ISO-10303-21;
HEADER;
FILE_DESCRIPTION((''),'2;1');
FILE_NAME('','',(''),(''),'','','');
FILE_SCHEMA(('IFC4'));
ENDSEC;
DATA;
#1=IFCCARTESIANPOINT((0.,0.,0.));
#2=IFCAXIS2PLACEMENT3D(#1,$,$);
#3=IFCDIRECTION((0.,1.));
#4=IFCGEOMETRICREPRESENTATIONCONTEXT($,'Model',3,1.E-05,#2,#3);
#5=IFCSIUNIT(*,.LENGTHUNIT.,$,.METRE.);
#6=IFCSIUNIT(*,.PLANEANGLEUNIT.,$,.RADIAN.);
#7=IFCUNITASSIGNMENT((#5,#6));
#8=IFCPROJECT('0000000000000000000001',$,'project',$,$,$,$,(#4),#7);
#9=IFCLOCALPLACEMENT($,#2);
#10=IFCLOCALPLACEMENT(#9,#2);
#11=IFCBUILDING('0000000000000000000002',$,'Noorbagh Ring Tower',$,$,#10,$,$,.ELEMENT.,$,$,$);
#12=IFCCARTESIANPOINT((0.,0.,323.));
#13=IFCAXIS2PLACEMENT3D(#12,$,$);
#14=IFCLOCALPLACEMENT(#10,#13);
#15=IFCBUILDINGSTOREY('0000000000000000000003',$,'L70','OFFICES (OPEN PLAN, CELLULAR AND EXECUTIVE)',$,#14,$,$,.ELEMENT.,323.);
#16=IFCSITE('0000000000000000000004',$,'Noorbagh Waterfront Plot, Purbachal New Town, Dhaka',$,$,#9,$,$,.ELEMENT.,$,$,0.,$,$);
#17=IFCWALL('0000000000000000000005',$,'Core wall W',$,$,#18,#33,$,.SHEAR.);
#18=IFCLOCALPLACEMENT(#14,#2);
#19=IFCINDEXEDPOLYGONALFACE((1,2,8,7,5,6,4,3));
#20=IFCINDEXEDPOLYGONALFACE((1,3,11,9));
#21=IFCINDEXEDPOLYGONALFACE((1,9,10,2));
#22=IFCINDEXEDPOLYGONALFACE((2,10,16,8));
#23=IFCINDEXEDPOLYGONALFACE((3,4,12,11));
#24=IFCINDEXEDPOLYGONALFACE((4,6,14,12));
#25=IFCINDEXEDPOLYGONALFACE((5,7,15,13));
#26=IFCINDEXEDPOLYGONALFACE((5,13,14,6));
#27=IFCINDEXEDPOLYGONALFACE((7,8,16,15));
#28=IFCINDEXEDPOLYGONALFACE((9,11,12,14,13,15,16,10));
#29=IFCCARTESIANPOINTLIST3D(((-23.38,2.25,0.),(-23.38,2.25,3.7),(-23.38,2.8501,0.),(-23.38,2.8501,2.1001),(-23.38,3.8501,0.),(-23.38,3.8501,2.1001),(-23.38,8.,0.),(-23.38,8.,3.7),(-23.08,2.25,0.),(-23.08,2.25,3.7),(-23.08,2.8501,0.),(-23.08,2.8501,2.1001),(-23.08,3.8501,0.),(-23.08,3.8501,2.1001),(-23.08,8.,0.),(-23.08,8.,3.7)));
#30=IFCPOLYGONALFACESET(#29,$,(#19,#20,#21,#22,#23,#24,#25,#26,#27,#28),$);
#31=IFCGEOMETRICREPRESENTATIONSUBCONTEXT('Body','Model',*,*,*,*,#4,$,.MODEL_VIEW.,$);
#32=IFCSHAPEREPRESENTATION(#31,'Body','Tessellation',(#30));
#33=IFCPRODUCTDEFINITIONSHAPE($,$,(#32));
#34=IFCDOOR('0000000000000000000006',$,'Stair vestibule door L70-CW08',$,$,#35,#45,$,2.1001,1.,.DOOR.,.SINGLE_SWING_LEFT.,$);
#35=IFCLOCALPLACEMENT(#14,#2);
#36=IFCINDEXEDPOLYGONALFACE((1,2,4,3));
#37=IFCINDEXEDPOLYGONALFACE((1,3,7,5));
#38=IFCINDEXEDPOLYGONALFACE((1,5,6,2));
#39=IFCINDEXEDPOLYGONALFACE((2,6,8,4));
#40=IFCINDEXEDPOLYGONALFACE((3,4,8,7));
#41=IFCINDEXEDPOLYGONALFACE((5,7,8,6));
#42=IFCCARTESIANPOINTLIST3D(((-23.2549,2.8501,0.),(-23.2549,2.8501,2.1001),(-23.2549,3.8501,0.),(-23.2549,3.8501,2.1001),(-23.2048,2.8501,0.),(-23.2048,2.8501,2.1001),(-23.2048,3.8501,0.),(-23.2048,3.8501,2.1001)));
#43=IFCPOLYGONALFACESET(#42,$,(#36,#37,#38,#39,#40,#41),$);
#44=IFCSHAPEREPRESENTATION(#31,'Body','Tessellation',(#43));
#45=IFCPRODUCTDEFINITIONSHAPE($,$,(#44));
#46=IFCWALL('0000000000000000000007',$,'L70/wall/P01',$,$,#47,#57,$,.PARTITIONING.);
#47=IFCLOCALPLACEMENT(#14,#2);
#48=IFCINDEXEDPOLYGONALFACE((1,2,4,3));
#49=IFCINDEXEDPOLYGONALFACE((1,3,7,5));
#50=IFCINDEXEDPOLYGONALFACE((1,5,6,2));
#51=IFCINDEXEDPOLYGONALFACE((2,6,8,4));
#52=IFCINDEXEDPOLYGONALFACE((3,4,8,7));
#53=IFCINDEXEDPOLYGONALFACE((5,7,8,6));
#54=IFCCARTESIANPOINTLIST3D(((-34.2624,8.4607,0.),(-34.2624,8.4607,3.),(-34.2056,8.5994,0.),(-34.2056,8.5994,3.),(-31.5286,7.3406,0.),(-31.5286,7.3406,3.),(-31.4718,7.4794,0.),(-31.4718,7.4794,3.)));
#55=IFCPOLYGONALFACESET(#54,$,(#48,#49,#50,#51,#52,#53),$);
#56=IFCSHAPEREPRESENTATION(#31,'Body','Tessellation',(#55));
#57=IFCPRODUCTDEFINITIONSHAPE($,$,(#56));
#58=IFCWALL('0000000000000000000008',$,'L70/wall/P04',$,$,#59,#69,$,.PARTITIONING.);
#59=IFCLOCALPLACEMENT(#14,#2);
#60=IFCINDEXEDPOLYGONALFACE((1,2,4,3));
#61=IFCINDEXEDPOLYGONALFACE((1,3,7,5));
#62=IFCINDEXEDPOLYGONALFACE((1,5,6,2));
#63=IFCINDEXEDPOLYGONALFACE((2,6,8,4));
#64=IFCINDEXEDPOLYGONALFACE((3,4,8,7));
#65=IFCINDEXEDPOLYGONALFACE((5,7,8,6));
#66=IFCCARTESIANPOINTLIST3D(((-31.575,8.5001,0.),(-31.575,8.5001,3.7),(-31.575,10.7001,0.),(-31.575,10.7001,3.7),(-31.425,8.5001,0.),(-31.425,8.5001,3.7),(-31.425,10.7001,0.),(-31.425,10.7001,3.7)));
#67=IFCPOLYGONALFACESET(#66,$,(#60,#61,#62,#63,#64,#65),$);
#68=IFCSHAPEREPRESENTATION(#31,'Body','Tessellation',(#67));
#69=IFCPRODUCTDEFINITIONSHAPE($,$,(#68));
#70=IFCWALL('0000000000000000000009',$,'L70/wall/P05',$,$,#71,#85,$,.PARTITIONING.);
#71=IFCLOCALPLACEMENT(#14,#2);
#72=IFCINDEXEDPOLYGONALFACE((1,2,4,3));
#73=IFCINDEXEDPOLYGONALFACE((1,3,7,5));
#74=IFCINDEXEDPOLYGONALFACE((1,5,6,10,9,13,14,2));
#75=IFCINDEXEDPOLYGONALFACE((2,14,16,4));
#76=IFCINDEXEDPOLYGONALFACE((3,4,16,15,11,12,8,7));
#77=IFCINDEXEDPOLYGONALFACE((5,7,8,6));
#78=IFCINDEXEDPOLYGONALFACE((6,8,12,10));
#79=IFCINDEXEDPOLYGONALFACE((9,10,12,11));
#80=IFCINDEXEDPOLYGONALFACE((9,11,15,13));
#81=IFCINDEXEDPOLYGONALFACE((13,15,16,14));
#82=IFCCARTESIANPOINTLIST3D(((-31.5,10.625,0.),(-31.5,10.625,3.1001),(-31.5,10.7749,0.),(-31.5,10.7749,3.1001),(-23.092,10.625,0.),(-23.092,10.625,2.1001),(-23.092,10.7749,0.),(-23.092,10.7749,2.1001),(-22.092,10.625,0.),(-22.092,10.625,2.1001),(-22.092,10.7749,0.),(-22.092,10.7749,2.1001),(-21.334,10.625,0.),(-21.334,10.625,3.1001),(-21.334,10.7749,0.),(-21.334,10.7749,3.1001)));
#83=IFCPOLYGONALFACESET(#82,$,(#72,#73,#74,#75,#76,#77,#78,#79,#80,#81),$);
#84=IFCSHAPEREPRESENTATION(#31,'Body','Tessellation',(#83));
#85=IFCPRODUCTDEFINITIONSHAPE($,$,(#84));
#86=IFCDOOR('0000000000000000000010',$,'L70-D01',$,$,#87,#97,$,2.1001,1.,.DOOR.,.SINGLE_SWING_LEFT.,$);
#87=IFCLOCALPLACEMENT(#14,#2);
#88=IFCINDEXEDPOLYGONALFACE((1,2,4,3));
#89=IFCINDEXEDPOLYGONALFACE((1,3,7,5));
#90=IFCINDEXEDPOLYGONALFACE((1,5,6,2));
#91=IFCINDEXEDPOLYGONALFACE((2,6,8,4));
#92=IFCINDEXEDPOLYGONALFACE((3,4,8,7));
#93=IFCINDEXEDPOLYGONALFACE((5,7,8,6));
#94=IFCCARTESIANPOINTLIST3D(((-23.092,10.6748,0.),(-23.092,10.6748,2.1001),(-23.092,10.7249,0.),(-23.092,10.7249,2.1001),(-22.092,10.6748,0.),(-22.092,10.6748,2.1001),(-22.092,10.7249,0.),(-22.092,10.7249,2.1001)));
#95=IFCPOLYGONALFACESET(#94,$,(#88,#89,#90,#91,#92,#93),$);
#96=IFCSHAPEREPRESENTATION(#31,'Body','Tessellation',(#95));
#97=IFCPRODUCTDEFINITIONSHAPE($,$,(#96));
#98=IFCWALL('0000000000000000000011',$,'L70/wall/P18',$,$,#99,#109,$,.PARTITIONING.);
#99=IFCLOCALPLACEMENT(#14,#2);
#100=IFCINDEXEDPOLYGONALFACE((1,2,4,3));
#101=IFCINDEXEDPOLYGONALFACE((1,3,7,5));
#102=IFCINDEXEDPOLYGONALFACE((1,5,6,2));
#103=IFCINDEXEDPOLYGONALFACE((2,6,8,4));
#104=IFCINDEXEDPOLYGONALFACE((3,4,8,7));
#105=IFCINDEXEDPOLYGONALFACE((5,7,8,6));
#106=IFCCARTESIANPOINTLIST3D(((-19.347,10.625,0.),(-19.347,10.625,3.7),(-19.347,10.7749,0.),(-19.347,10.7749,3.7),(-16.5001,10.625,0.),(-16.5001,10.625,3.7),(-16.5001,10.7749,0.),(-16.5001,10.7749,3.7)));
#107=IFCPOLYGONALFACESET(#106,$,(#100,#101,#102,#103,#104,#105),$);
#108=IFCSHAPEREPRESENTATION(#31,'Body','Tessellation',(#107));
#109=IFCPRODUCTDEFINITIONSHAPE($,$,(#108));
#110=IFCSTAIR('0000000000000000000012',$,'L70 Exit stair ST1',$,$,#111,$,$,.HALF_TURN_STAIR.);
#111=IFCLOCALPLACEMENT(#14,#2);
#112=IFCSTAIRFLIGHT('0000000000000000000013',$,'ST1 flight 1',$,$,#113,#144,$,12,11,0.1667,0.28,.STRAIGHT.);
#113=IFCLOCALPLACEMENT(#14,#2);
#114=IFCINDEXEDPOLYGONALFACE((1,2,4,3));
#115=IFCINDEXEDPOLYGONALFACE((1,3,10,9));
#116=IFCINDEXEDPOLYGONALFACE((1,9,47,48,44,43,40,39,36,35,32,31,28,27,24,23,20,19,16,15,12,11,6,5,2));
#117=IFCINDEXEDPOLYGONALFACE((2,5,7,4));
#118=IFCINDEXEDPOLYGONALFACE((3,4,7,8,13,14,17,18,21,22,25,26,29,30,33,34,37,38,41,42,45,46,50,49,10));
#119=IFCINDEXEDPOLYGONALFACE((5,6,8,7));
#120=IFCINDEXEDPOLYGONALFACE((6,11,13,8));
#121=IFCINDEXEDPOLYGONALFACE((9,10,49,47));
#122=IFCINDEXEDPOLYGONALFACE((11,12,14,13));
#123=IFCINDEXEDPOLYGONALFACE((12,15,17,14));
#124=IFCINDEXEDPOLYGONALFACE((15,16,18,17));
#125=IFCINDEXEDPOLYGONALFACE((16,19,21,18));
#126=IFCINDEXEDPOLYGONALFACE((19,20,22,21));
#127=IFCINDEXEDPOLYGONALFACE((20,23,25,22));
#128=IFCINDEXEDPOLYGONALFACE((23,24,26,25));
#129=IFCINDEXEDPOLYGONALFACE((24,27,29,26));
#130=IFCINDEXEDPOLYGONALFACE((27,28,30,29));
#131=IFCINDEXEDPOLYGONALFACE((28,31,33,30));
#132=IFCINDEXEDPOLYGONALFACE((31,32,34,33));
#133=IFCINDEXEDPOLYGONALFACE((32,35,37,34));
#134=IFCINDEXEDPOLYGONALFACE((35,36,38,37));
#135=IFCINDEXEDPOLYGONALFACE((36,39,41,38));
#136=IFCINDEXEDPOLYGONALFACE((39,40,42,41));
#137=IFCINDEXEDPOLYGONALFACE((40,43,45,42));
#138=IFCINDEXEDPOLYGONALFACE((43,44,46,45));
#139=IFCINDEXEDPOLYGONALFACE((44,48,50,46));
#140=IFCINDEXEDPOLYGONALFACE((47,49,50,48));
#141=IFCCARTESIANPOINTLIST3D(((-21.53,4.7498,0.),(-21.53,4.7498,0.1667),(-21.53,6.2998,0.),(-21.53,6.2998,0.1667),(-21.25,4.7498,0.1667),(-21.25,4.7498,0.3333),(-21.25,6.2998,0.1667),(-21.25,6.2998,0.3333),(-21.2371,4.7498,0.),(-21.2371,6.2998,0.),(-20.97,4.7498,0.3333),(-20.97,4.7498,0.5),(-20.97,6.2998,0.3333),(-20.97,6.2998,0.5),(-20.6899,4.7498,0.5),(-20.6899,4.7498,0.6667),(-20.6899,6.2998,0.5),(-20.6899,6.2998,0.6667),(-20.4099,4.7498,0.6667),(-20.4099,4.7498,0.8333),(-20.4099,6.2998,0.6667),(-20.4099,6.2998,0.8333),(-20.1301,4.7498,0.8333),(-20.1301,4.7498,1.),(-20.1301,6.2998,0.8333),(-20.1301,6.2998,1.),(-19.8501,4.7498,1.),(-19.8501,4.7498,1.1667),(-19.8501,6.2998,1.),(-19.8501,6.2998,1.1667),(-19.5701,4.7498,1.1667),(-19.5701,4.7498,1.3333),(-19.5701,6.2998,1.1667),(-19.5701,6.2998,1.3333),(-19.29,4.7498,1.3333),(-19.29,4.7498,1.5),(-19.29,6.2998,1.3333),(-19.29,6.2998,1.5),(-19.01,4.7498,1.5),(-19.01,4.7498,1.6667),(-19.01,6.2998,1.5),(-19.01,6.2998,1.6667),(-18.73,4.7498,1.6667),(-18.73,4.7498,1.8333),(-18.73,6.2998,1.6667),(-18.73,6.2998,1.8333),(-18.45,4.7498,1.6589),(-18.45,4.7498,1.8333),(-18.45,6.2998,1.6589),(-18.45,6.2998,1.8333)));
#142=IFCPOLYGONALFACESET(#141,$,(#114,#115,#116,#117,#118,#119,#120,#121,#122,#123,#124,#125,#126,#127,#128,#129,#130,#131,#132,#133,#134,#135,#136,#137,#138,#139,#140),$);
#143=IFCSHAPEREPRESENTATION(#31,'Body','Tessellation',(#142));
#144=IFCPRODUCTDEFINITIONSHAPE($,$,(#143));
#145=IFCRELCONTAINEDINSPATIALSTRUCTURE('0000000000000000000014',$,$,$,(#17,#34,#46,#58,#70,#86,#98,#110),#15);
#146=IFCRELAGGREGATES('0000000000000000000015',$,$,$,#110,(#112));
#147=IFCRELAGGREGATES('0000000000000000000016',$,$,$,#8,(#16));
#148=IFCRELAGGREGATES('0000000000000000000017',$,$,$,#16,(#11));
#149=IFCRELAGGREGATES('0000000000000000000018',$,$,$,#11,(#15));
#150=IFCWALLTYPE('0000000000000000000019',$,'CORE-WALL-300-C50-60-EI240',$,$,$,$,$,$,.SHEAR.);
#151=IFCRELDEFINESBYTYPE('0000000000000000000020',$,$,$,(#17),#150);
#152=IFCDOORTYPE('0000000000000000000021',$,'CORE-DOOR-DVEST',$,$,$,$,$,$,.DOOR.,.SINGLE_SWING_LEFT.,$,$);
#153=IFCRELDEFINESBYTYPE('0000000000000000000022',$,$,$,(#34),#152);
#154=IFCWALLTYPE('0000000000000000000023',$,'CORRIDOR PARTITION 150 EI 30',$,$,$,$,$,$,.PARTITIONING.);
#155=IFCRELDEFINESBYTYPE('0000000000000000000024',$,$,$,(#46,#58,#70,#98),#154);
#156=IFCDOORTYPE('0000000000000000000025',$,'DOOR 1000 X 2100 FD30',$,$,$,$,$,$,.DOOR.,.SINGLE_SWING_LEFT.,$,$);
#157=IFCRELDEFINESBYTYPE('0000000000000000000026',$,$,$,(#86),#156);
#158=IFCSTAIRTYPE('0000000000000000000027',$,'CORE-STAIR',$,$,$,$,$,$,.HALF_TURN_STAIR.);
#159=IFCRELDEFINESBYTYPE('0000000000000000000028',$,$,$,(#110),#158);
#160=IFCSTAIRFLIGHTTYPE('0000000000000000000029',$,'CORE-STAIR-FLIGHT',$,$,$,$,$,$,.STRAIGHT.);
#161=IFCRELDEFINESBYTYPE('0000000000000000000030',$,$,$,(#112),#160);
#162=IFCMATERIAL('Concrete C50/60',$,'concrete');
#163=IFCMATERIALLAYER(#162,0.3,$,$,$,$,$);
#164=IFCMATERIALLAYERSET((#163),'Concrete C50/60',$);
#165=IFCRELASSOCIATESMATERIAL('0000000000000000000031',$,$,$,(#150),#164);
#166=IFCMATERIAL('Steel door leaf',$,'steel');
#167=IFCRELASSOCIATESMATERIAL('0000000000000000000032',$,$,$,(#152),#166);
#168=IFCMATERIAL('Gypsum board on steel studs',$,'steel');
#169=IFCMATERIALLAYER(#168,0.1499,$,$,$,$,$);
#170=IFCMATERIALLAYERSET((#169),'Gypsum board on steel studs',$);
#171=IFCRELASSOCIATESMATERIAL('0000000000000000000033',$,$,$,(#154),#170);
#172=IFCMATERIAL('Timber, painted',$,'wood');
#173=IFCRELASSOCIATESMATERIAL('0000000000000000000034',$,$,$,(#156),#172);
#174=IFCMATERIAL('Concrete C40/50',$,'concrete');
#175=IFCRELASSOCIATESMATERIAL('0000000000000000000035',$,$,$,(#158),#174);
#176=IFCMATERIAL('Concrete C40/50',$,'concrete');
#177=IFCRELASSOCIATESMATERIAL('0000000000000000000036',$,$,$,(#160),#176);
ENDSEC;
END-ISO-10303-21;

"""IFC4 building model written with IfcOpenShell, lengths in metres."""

from ifc_helpers import new_model, si_unit, direction, frame, frame_2d, origin, place, context, subcontext, project, spatial, polyline, rectangle, outline, extrude, material, layer, layer_set, type_object, element, fill, aggregate, save


model = new_model("IFC4")

# Units and contexts
model_context = context("Model", 3, precision=1e-05, world=origin(), true_north=direction((0.0, 1.0)))
body_context = subcontext(model_context, "Body", "Model", "MODEL_VIEW")
ifc_project = project(units=[si_unit("LENGTHUNIT", "METRE"), si_unit("PLANEANGLEUNIT", "RADIAN")], contexts=[model_context])

# Site, building, storey
site_placement = place(None, origin())
site = spatial("IfcSite", under=ifc_project, at=site_placement, Name="Noorbagh Waterfront Plot, Purbachal New Town, Dhaka", CompositionType="ELEMENT", RefElevation=0.0)
building_placement = place(site_placement, origin())
building = spatial("IfcBuilding", under=site, at=building_placement, Name="Noorbagh Ring Tower", CompositionType="ELEMENT")
storey_placement = place(building_placement, frame((0.0, 0.0, 323.0)))
storey = spatial("IfcBuildingStorey", under=building, at=storey_placement, Name="L70", Description="OFFICES (OPEN PLAN, CELLULAR AND EXECUTIVE)", CompositionType="ELEMENT", Elevation=323.0)

# Shared definitions
ifc_material_1 = material(Name="Concrete C50/60", Category="concrete")
ifc_layer_1 = layer(ifc_material_1, 0.3)
ifc_layer_set_1 = layer_set([ifc_layer_1], Name="Concrete C50/60")
wall_type_1 = type_object("IfcWallType", Name="CORE-WALL-300-C50-60-EI240", PredefinedType="SHEAR", material=ifc_layer_set_1)

# Wall, opening, door
wall_1_placement = place(storey_placement, frame((-23.23, 2.25, 0.0), z_axis=(0.0, 0.0, 1.0), x_axis=(0.0, 1.0, 0.0)))
wall_1 = element("IfcWall", 1, at=wall_1_placement, inside=storey, type_object=wall_type_1, Name="Core wall W", PredefinedType="SHEAR", context=body_context, shape_type="SweptSolid", body=[
    extrude(rectangle(XDim=5.75, YDim=0.3, at=frame_2d((2.875, 0.0))), origin(), (0.0, 0.0, 1.0), 3.7),
])
opening_1_placement = place(wall_1_placement, frame((0.6001, 0.0, 0.0)))
opening_1 = element("IfcOpeningElement", 2, at=opening_1_placement, cuts=wall_1, PredefinedType="OPENING", context=body_context, shape_type="SweptSolid", body=[
    extrude(rectangle(XDim=1.0, YDim=2.1001, at=frame_2d((0.5, 1.05))), frame((0.0, 0.1602, 0.0), z_axis=(0.0, -1.0, 0.0), x_axis=(1.0, 0.0, 0.0)), (0.0, 0.0, 1.0), 0.3201),
])
ifc_material_2 = material(Name="Steel door leaf", Category="steel")
door_type_1 = type_object("IfcDoorType", Name="CORE-DOOR-DVEST", OperationType="SINGLE_SWING_LEFT", PredefinedType="DOOR", material=ifc_material_2)
door_1_placement = place(opening_1_placement, origin())
door_1 = element("IfcDoor", 3, at=door_1_placement, inside=storey, type_object=door_type_1, Name="Stair vestibule door L70-CW08", OperationType="SINGLE_SWING_LEFT", OverallHeight=2.1001, OverallWidth=1.0, PredefinedType="DOOR", context=body_context, shape_type="SweptSolid", body=[
    extrude(rectangle(XDim=1.0, YDim=2.1001, at=frame_2d((0.5, 1.05))), frame((0.0, 0.0249, 0.0), z_axis=(0.0, -1.0, 0.0), x_axis=(1.0, 0.0, 0.0)), (0.0, 0.0, 1.0), 0.05),
])
fill(opening_1, door_1)

# Walls
ifc_material_3 = material(Name="Gypsum board on steel studs", Category="steel")
ifc_layer_2 = layer(ifc_material_3, 0.1499)
ifc_layer_set_2 = layer_set([ifc_layer_2], Name="Gypsum board on steel studs")
wall_type_2 = type_object("IfcWallType", Name="CORRIDOR PARTITION 150 EI 30", PredefinedType="PARTITIONING", material=ifc_layer_set_2)
wall_2_placement = place(storey_placement, frame((-34.2339, 8.53, 0.0), z_axis=(0.0, 0.0, 1.0), x_axis=(0.925344, -0.379128, 0.0)))
element("IfcWall", 4, at=wall_2_placement, inside=storey, type_object=wall_type_2, Name="L70/wall/P01", PredefinedType="PARTITIONING", context=body_context, shape_type="SweptSolid", body=[
    extrude(rectangle(XDim=2.9543, YDim=0.1499, at=frame_2d((1.4771, 0.0))), origin(), (0.0, 0.0, 1.0), 3.0),
])
wall_3_placement = place(storey_placement, frame((-31.5, 8.5, 0.0), z_axis=(0.0, 0.0, 1.0), x_axis=(0.0, 1.0, 0.0)))
element("IfcWall", 5, at=wall_3_placement, inside=storey, type_object=wall_type_2, Name="L70/wall/P04", PredefinedType="PARTITIONING", context=body_context, shape_type="SweptSolid", body=[
    extrude(rectangle(XDim=2.2, YDim=0.1499, at=frame_2d((1.1001, 0.0))), origin(), (0.0, 0.0, 1.0), 3.7),
])

# Wall, opening, door
wall_4_placement = place(storey_placement, frame((-31.5, 10.7, 0.0), z_axis=(0.0, 0.0, 1.0), x_axis=(1.0, 0.0, 0.0)))
wall_4 = element("IfcWall", 6, at=wall_4_placement, inside=storey, type_object=wall_type_2, Name="L70/wall/P05", PredefinedType="PARTITIONING", context=body_context, shape_type="SweptSolid", body=[
    extrude(rectangle(XDim=10.166, YDim=0.1499, at=frame_2d((5.083, 0.0))), origin(), (0.0, 0.0, 1.0), 3.1001),
])
opening_2_placement = place(wall_4_placement, frame((8.408, 0.0, 0.0)))
opening_2 = element("IfcOpeningElement", 7, at=opening_2_placement, cuts=wall_4, PredefinedType="OPENING", context=body_context, shape_type="SweptSolid", body=[
    extrude(rectangle(XDim=1.0, YDim=2.1001, at=frame_2d((0.5, 1.05))), frame((0.0, 0.085, 0.0), z_axis=(0.0, -1.0, 0.0), x_axis=(1.0, 0.0, 0.0)), (0.0, 0.0, 1.0), 0.1699),
])
ifc_material_4 = material(Name="Timber, painted", Category="wood")
door_type_2 = type_object("IfcDoorType", Name="DOOR 1000 X 2100 FD30", OperationType="SINGLE_SWING_LEFT", PredefinedType="DOOR", material=ifc_material_4)
door_2_placement = place(opening_2_placement, origin())
door_2 = element("IfcDoor", 8, at=door_2_placement, inside=storey, type_object=door_type_2, Name="L70-D01", OperationType="SINGLE_SWING_LEFT", OverallHeight=2.1001, OverallWidth=1.0, PredefinedType="DOOR", context=body_context, shape_type="SweptSolid", body=[
    extrude(rectangle(XDim=1.0, YDim=2.1001, at=frame_2d((0.5, 1.05))), frame((0.0, 0.0249, 0.0), z_axis=(0.0, -1.0, 0.0), x_axis=(1.0, 0.0, 0.0)), (0.0, 0.0, 1.0), 0.05),
])
fill(opening_2, door_2)

# Wall
wall_5_placement = place(storey_placement, frame((-19.3469, 10.7, 0.0), z_axis=(0.0, 0.0, 1.0), x_axis=(1.0, 0.0, 0.0)))
element("IfcWall", 9, at=wall_5_placement, inside=storey, type_object=wall_type_2, Name="L70/wall/P18", PredefinedType="PARTITIONING", context=body_context, shape_type="SweptSolid", body=[
    extrude(rectangle(XDim=2.8469, YDim=0.1499, at=frame_2d((1.4233, 0.0))), origin(), (0.0, 0.0, 1.0), 3.7),
])

# Stair, stair flight
ifc_material_5 = material(Name="Concrete C40/50", Category="concrete")
stair_type = type_object("IfcStairType", Name="CORE-STAIR", PredefinedType="HALF_TURN_STAIR", material=ifc_material_5)
stair_placement = place(storey_placement, origin())
stair = element("IfcStair", 10, at=stair_placement, inside=storey, type_object=stair_type, Name="L70 Exit stair ST1", PredefinedType="HALF_TURN_STAIR")
ifc_material_6 = material(Name="Concrete C40/50", Category="concrete")
stair_flight_type = type_object("IfcStairFlightType", Name="CORE-STAIR-FLIGHT", PredefinedType="STRAIGHT", material=ifc_material_6)
stair_flight_placement = place(storey_placement, frame((-21.53, 5.5249, 0.0), z_axis=(0.0, 0.0, 1.0), x_axis=(1.0, 0.0, 0.0)))
stair_flight = element("IfcStairFlight", 11, at=stair_flight_placement, type_object=stair_flight_type, Name="ST1 flight 1", NumberOfRisers=12, NumberOfTreads=11, PredefinedType="STRAIGHT", RiserHeight=0.1667, TreadLength=0.28, context=body_context, shape_type="SweptSolid", body=[
    extrude(outline(polyline([(0.0, 0.0), (0.0, 0.1667), (0.28, 0.1667), (0.28, 0.3333), (0.5601, 0.3333), (0.5601, 0.5), (0.8401, 0.5), (0.8401, 0.6667), (1.1201, 0.6667), (1.1201, 0.8333), (1.3999, 0.8333), (1.3999, 1.0), (1.6799, 1.0), (1.6799, 1.1667), (1.96, 1.1667), (1.96, 1.3333), (2.24, 1.3333), (2.24, 1.5), (2.52, 1.5), (2.52, 1.6667), (2.8, 1.6667), (2.8, 1.8333), (3.0801, 1.8333), (3.0801, 2.0), (3.0801, 1.6589), (0.293, 0.0), (0.0, 0.0)])), frame((0.0, 0.7749, 0.0), z_axis=(0.0, -1.0, 0.0), x_axis=(1.0, 0.0, 0.0)), (0.0, 0.0, 1.0), 1.55),
])
aggregate(stair, [stair_flight])

save(model, "model.ifc")
